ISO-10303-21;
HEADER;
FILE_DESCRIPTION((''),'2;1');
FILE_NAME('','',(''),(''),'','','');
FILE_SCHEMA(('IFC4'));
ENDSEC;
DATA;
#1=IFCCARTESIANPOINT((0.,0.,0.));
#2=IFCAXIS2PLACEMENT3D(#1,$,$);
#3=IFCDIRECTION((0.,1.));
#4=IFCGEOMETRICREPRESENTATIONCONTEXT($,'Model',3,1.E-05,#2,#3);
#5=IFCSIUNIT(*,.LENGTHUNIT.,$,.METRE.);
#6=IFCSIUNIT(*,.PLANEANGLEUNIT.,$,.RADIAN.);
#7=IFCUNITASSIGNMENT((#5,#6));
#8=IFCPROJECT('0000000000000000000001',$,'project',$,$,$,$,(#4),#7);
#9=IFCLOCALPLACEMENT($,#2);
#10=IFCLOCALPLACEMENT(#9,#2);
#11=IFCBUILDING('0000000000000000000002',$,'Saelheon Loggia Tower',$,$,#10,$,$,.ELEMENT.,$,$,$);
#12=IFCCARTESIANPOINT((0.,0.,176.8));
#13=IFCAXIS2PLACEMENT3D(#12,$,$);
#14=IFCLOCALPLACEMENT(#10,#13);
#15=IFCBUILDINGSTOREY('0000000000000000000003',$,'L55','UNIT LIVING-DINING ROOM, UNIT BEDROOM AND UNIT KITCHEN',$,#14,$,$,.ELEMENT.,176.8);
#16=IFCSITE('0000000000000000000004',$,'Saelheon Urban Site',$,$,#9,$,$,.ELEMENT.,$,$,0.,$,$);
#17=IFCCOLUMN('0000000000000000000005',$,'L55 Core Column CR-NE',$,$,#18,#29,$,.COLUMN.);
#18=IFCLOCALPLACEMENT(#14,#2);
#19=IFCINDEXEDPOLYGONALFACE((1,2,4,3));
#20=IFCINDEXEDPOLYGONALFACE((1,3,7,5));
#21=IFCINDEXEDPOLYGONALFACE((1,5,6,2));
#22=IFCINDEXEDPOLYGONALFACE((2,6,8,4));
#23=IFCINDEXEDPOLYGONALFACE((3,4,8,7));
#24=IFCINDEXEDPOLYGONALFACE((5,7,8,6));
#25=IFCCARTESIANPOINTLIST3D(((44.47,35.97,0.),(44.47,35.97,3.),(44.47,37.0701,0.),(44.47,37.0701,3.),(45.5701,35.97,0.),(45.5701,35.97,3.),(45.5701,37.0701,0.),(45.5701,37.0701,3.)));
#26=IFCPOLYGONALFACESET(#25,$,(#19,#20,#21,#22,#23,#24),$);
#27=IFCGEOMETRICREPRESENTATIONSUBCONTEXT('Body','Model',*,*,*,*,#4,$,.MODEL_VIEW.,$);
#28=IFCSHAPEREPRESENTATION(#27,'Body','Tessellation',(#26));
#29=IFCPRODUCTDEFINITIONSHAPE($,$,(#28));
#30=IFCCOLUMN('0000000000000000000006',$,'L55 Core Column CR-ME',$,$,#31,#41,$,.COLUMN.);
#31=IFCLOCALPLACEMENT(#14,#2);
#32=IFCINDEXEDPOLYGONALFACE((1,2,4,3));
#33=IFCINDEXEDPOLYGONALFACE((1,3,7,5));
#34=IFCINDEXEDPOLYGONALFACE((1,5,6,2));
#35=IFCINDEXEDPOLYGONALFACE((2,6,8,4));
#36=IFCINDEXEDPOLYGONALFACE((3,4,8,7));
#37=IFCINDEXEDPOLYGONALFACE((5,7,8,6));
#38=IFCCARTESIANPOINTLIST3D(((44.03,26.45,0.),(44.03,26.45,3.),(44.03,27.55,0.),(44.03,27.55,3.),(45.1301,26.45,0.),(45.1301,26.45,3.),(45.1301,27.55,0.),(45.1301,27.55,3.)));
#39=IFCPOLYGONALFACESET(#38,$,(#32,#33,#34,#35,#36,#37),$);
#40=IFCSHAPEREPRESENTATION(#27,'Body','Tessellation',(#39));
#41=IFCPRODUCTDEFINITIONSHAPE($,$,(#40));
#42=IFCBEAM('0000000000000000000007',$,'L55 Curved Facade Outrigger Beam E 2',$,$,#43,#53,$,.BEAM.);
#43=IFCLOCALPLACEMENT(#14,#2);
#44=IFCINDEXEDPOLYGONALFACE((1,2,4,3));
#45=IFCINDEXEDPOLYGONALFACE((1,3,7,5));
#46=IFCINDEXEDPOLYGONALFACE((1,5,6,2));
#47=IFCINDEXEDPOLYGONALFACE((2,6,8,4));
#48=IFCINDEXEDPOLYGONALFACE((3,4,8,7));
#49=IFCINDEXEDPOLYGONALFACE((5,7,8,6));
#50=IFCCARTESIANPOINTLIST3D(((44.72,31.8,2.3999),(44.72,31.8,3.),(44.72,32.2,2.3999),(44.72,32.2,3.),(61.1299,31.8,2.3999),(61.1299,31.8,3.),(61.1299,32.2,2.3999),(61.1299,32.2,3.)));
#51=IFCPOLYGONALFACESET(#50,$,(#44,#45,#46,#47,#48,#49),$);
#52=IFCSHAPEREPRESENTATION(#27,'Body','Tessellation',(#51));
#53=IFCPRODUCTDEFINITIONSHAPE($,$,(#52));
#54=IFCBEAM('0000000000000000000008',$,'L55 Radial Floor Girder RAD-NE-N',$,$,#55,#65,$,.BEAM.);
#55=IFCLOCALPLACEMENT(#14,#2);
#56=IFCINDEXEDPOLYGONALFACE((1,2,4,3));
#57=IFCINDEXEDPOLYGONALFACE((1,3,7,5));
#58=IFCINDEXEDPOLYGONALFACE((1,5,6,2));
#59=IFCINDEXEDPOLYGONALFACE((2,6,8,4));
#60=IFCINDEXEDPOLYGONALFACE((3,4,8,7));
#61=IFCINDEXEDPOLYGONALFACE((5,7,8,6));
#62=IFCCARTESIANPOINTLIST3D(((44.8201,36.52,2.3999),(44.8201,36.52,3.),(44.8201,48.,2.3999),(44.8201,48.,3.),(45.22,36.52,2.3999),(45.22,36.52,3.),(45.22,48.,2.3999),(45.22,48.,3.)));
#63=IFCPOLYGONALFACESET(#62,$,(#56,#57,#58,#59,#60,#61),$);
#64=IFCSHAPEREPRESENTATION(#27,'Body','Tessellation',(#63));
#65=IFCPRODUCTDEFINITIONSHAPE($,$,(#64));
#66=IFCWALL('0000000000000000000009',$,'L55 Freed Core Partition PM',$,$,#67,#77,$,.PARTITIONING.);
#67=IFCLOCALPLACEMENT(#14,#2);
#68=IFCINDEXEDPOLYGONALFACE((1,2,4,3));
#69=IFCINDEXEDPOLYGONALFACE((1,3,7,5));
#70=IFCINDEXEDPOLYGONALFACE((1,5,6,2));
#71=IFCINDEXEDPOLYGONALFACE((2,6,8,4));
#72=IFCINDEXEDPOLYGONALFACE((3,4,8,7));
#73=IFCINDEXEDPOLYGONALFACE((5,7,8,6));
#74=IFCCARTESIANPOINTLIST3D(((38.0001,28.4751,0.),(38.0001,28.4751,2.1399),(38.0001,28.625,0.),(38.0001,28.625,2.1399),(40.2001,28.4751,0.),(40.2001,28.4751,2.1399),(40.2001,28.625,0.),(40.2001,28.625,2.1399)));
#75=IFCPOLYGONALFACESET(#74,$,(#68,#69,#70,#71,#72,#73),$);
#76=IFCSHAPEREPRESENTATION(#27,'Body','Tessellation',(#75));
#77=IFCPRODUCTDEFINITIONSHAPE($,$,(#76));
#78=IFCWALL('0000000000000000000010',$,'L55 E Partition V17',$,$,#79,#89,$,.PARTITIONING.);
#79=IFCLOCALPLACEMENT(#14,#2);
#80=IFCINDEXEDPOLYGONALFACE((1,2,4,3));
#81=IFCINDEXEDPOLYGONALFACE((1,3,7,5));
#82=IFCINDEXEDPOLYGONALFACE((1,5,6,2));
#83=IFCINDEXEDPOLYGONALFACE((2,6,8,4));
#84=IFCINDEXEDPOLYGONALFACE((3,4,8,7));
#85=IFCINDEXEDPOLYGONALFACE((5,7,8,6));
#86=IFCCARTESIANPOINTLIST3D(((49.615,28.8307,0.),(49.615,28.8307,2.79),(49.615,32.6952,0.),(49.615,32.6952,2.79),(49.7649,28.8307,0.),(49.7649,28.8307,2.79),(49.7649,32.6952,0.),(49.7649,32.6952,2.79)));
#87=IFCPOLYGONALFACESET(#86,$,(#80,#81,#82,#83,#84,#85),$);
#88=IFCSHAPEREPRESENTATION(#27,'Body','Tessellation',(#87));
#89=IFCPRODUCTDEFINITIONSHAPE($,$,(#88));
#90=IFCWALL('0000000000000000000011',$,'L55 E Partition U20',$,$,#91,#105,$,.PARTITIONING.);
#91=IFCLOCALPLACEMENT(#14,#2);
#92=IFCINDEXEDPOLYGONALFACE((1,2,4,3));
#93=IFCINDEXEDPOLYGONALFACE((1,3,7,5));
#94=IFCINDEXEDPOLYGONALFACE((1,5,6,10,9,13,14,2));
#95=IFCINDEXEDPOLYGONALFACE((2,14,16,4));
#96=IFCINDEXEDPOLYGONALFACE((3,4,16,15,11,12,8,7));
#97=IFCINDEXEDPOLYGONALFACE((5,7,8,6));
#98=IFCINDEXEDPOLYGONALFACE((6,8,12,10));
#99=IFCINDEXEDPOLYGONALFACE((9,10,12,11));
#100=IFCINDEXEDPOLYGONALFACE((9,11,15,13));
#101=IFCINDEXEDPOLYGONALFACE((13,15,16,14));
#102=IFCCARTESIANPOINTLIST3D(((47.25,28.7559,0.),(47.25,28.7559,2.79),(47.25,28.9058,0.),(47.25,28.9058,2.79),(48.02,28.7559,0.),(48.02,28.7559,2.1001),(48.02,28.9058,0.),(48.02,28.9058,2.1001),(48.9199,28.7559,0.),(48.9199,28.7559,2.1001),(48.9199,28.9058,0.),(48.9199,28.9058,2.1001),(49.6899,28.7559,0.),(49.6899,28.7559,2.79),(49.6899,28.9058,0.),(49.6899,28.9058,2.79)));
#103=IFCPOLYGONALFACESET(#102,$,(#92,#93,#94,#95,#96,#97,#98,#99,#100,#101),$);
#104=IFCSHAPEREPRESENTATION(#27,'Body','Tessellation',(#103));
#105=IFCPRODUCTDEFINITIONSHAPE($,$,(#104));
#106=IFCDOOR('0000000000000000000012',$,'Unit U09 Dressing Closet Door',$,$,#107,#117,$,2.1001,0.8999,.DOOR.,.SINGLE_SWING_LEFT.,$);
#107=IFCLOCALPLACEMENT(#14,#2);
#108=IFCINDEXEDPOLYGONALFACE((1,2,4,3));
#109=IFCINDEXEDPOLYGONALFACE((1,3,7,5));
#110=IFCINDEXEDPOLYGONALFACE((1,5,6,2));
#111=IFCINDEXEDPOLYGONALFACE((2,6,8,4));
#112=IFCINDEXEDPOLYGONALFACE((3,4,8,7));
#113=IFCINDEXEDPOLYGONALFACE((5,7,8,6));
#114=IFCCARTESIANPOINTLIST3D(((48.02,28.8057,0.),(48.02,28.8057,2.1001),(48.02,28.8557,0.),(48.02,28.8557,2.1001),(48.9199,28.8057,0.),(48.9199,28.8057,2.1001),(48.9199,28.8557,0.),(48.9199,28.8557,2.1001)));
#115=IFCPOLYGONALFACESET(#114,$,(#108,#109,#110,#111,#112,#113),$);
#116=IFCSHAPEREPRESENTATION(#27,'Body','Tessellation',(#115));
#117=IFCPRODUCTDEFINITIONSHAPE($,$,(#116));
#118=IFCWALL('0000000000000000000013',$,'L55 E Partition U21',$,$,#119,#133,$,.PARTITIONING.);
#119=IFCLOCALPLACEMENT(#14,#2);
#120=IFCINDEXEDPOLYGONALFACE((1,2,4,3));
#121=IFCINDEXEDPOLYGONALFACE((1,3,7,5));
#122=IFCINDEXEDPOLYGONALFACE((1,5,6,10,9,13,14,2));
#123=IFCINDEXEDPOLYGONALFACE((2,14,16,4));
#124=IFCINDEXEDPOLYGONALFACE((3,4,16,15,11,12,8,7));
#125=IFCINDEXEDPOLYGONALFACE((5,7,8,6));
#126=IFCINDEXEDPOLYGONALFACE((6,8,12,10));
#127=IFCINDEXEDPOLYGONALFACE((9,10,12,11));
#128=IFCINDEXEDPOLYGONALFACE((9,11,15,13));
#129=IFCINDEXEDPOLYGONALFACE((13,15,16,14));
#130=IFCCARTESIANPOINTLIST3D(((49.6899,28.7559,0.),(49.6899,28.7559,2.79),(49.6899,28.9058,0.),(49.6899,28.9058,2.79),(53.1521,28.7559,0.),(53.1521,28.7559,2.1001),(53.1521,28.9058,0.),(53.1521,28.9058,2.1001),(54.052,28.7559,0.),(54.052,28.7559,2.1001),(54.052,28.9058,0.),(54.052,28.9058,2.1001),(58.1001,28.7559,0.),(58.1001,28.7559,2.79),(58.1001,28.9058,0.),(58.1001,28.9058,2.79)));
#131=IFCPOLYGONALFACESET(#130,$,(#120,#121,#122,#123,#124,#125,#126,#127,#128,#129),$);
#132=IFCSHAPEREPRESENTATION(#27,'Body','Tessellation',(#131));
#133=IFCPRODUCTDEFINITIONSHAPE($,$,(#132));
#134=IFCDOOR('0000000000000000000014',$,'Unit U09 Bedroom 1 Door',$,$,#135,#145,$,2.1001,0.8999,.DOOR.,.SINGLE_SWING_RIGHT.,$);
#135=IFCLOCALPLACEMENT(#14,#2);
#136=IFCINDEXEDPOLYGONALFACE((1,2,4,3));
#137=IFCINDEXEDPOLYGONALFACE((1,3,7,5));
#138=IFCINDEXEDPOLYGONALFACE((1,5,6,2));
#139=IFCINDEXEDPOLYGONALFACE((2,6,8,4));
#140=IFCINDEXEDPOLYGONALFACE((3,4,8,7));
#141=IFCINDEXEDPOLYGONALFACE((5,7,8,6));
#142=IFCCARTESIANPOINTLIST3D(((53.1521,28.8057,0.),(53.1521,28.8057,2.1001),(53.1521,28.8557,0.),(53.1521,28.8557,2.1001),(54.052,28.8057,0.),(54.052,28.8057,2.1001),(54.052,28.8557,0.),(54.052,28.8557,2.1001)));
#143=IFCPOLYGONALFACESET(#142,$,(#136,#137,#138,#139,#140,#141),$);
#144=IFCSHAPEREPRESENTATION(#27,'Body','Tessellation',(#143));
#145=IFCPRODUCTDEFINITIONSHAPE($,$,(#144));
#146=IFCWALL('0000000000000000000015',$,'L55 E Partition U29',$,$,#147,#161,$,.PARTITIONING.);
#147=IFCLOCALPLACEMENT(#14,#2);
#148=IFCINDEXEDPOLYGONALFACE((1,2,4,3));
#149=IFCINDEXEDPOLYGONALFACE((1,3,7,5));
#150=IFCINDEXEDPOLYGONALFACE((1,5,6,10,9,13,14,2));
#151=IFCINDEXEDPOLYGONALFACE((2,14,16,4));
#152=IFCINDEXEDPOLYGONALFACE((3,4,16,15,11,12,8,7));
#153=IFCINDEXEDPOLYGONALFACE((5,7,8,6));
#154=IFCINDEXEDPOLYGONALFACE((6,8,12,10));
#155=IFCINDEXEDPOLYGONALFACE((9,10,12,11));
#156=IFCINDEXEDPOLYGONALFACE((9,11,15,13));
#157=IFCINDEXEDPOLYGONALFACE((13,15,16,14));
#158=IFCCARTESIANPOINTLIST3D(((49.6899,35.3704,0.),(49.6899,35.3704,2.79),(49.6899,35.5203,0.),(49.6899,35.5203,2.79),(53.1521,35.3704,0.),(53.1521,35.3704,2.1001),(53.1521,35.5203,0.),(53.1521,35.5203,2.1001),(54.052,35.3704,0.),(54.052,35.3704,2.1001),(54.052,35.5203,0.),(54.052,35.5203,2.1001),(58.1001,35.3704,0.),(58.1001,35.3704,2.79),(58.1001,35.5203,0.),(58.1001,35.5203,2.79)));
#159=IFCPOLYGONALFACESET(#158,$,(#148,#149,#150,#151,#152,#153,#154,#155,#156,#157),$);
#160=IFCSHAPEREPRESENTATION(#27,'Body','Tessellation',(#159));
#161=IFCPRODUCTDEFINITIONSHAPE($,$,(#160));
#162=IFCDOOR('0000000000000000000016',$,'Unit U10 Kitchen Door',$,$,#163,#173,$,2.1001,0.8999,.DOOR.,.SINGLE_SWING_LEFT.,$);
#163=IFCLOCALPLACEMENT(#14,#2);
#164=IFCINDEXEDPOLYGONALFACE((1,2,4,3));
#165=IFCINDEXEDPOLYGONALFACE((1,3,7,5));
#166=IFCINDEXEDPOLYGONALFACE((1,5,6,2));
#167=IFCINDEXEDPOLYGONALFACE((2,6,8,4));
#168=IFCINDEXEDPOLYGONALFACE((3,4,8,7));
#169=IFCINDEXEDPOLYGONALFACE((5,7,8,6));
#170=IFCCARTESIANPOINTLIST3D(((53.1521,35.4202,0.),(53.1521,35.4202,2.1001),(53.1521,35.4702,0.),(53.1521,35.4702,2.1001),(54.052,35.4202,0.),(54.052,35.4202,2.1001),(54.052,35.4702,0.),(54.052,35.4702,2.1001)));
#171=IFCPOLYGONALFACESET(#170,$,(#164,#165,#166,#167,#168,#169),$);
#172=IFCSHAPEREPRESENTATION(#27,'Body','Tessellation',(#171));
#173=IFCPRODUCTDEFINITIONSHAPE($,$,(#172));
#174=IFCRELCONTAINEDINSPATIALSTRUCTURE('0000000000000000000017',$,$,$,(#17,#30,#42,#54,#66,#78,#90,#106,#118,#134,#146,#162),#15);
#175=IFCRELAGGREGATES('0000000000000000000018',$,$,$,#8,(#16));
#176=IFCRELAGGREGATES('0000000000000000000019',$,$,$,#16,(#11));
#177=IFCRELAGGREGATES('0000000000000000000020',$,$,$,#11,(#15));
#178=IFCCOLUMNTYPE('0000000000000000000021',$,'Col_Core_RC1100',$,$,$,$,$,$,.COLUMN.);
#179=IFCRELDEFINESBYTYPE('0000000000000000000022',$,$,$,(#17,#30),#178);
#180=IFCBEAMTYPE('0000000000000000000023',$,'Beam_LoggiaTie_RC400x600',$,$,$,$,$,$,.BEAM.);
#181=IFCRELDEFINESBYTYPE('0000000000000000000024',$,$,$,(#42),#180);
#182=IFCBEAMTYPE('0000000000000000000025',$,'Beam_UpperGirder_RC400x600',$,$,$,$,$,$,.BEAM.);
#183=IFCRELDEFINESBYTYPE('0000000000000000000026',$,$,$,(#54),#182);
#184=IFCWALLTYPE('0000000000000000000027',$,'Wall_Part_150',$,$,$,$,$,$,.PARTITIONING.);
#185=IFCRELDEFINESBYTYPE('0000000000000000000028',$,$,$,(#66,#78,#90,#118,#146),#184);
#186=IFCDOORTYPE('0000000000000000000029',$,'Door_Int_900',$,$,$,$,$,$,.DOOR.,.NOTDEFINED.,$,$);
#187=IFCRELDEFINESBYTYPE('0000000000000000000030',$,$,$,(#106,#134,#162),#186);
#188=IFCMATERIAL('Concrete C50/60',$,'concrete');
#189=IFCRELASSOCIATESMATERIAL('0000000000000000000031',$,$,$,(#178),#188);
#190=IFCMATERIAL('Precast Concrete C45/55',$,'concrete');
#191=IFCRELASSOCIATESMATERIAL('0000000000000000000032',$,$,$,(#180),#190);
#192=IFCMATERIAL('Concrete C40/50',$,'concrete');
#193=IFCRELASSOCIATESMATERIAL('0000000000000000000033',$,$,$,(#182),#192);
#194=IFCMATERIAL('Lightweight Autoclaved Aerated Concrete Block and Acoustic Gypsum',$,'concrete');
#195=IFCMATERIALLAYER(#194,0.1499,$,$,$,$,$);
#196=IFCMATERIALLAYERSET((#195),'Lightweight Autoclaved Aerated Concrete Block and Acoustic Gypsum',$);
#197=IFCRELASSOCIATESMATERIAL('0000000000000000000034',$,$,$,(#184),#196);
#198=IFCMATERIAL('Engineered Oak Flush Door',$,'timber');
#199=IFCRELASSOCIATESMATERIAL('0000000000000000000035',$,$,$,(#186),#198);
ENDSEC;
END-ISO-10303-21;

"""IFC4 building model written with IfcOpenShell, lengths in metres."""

from ifc_helpers import new_model, si_unit, direction, frame, frame_2d, origin, origin_2d, place, context, subcontext, project, spatial, rectangle, extrude, source, transform, mapped, material, layer, layer_set, material_profile, profile_set, type_object, element, fill, save


model = new_model("IFC4")

# Units and contexts
model_context = context("Model", 3, precision=1e-05, world=origin(), true_north=direction((0.0, 1.0)))
body_context = subcontext(model_context, "Body", "Model", "MODEL_VIEW")
ifc_project = project(units=[si_unit("LENGTHUNIT", "METRE"), si_unit("PLANEANGLEUNIT", "RADIAN")], contexts=[model_context])

# Site, building, storey
site_placement = place(None, origin())
site = spatial("IfcSite", under=ifc_project, at=site_placement, Name="Saelheon Urban Site", CompositionType="ELEMENT", RefElevation=0.0)
building_placement = place(site_placement, origin())
building = spatial("IfcBuilding", under=site, at=building_placement, Name="Saelheon Loggia Tower", CompositionType="ELEMENT")
storey_placement = place(building_placement, frame((0.0, 0.0, 176.8)))
storey = spatial("IfcBuildingStorey", under=building, at=storey_placement, Name="L55", Description="UNIT LIVING-DINING ROOM, UNIT BEDROOM AND UNIT KITCHEN", CompositionType="ELEMENT", Elevation=176.8)

# Columns
ifc_material_1 = material(Name="Concrete C50/60", Category="concrete")
ifc_material_profile_1 = material_profile(ifc_material_1, rectangle(XDim=1.1001, YDim=1.1001, at=origin_2d()), Name="RC-1100x1100")
ifc_profile_set_1 = profile_set([ifc_material_profile_1], Name="Concrete C50/60")
column_type = type_object("IfcColumnType", Name="Col_Core_RC1100", PredefinedType="COLUMN", material=ifc_profile_set_1)
shared_shape_1 = source(origin(), body_context, "Body", "SweptSolid", [
    extrude(rectangle(XDim=1.1001, YDim=1.1001, at=origin_2d()), origin(), (0.0, 0.0, 1.0), 3.0),
])
for number, where, z_axis, x_axis, name in (
    (1, (45.02, 36.52, 0.0), (0.0, 0.0, 1.0), (1.0, 0.0, 0.0), "L55 Core Column CR-NE"),
    (2, (44.5801, 27.0, 0.0), (0.0, 0.0, 1.0), (1.0, 0.0, 0.0), "L55 Core Column CR-ME"),
):
    element("IfcColumn", number, at=place(storey_placement, frame(where, z_axis=z_axis, x_axis=x_axis)), inside=storey, type_object=column_type, Name=name, PredefinedType="COLUMN", context=body_context, shape_type="MappedRepresentation", body=[
        mapped(shared_shape_1, transform((0.0, 0.0, 0.0), scale=1.0)),
    ])

# Beams
ifc_material_2 = material(Name="Precast Concrete C45/55", Category="concrete")
ifc_material_profile_2 = material_profile(ifc_material_2, rectangle(XDim=0.3999, YDim=0.6001, at=origin_2d()), Name="RC-400x600")
ifc_profile_set_2 = profile_set([ifc_material_profile_2], Name="Precast Concrete C45/55")
beam_type_1 = type_object("IfcBeamType", Name="Beam_LoggiaTie_RC400x600", PredefinedType="BEAM", material=ifc_profile_set_2)
shared_shape_2 = source(origin(), body_context, "Body", "SweptSolid", [
    extrude(rectangle(XDim=0.3999, YDim=0.6001, at=origin_2d()), origin(), (0.0, 0.0, 1.0), 16.4099),
])
beam_1_placement = place(storey_placement, frame((44.72, 32.0, 2.7), z_axis=(1.0, 0.0, 0.0), x_axis=(0.0, 1.0, 0.0)))
element("IfcBeam", 3, at=beam_1_placement, inside=storey, type_object=beam_type_1, Name="L55 Curved Facade Outrigger Beam E 2", PredefinedType="BEAM", context=body_context, shape_type="MappedRepresentation", body=[
    mapped(shared_shape_2, transform((0.0, 0.0, 0.0), scale=1.0)),
])
ifc_material_3 = material(Name="Concrete C40/50", Category="concrete")
ifc_material_profile_3 = material_profile(ifc_material_3, rectangle(XDim=0.3999, YDim=0.6001, at=origin_2d()), Name="RC-400x600")
ifc_profile_set_3 = profile_set([ifc_material_profile_3], Name="Concrete C40/50")
beam_type_2 = type_object("IfcBeamType", Name="Beam_UpperGirder_RC400x600", PredefinedType="BEAM", material=ifc_profile_set_3)
shared_shape_3 = source(origin(), body_context, "Body", "SweptSolid", [
    extrude(rectangle(XDim=0.3999, YDim=0.6001, at=origin_2d()), origin(), (0.0, 0.0, 1.0), 11.48),
])
beam_2_placement = place(storey_placement, frame((45.02, 36.52, 2.7), z_axis=(0.0, 1.0, 0.0), x_axis=(-1.0, 0.0, 0.0)))
element("IfcBeam", 4, at=beam_2_placement, inside=storey, type_object=beam_type_2, Name="L55 Radial Floor Girder RAD-NE-N", PredefinedType="BEAM", context=body_context, shape_type="MappedRepresentation", body=[
    mapped(shared_shape_3, transform((0.0, 0.0, 0.0), scale=1.0)),
])

# Walls
ifc_material_4 = material(Name="Lightweight Autoclaved Aerated Concrete Block and Acoustic Gypsum", Category="concrete")
ifc_layer_1 = layer(ifc_material_4, 0.1499)
ifc_layer_set_1 = layer_set([ifc_layer_1], Name="Lightweight Autoclaved Aerated Concrete Block and Acoustic Gypsum")
wall_type_1 = type_object("IfcWallType", Name="Wall_Part_150", PredefinedType="PARTITIONING", material=ifc_layer_set_1)
wall_1_placement = place(storey_placement, frame((38.0, 28.55, 0.0), z_axis=(0.0, 0.0, 1.0), x_axis=(1.0, 0.0, 0.0)))
element("IfcWall", 5, at=wall_1_placement, inside=storey, type_object=wall_type_1, Name="L55 Freed Core Partition PM", PredefinedType="PARTITIONING", context=body_context, shape_type="SweptSolid", body=[
    extrude(rectangle(XDim=2.2, YDim=0.1499, at=frame_2d((1.1001, 0.0))), origin(), (0.0, 0.0, 1.0), 2.1399),
])
wall_2_placement = place(storey_placement, frame((49.6899, 28.8308, 0.0), z_axis=(0.0, 0.0, 1.0), x_axis=(0.0, 1.0, 0.0)))
element("IfcWall", 6, at=wall_2_placement, inside=storey, type_object=wall_type_1, Name="L55 E Partition V17", PredefinedType="PARTITIONING", context=body_context, shape_type="SweptSolid", body=[
    extrude(rectangle(XDim=3.8645, YDim=0.1499, at=frame_2d((1.9321, 0.0))), origin(), (0.0, 0.0, 1.0), 2.79),
])

# Walls, openings, doors
wall_3_placement = place(storey_placement, frame((47.25, 28.8308, 0.0), z_axis=(0.0, 0.0, 1.0), x_axis=(1.0, 0.0, 0.0)))
wall_3 = element("IfcWall", 7, at=wall_3_placement, inside=storey, type_object=wall_type_1, Name="L55 E Partition U20", PredefinedType="PARTITIONING", context=body_context, shape_type="SweptSolid", body=[
    extrude(rectangle(XDim=2.4399, YDim=0.1499, at=frame_2d((1.22, 0.0))), origin(), (0.0, 0.0, 1.0), 2.79),
])
opening_1_placement = place(wall_3_placement, frame((0.77, 0.0, 0.0)))
opening_1 = element("IfcOpeningElement", 8, at=opening_1_placement, cuts=wall_3, PredefinedType="OPENING", context=body_context, shape_type="SweptSolid", body=[
    extrude(rectangle(XDim=0.8999, YDim=2.1001, at=frame_2d((0.45, 1.05))), frame((0.0, 0.0869, 0.0), z_axis=(0.0, -1.0, 0.0), x_axis=(1.0, 0.0, 0.0)), (0.0, 0.0, 1.0), 0.1738),
])
ifc_material_5 = material(Name="Engineered Oak Flush Door", Category="timber")
door_type_1 = type_object("IfcDoorType", Name="Door_Int_900", OperationType="NOTDEFINED", PredefinedType="DOOR", material=ifc_material_5)
shared_shape_4 = source(origin(), body_context, "Body", "SweptSolid", [
    extrude(rectangle(XDim=0.8999, YDim=2.1001, at=frame_2d((0.45, 1.05))), frame((0.0, 0.0249, 0.0), z_axis=(0.0, -1.0, 0.0), x_axis=(1.0, 0.0, 0.0)), (0.0, 0.0, 1.0), 0.05),
])
door_1_placement = place(opening_1_placement, origin())
door_1 = element("IfcDoor", 9, at=door_1_placement, inside=storey, type_object=door_type_1, Name="Unit U09 Dressing Closet Door", OperationType="SINGLE_SWING_LEFT", OverallHeight=2.1001, OverallWidth=0.8999, PredefinedType="DOOR", context=body_context, shape_type="MappedRepresentation", body=[
    mapped(shared_shape_4, transform((0.0, 0.0, 0.0), scale=1.0)),
])
fill(opening_1, door_1)
wall_4_placement = place(storey_placement, frame((49.6899, 28.8308, 0.0), z_axis=(0.0, 0.0, 1.0), x_axis=(1.0, 0.0, 0.0)))
wall_4 = element("IfcWall", 10, at=wall_4_placement, inside=storey, type_object=wall_type_1, Name="L55 E Partition U21", PredefinedType="PARTITIONING", context=body_context, shape_type="SweptSolid", body=[
    extrude(rectangle(XDim=8.4102, YDim=0.1499, at=frame_2d((4.2051, 0.0))), origin(), (0.0, 0.0, 1.0), 2.79),
])
opening_2_placement = place(wall_4_placement, frame((3.4622, 0.0, 0.0)))
opening_2 = element("IfcOpeningElement", 11, at=opening_2_placement, cuts=wall_4, PredefinedType="OPENING", context=body_context, shape_type="SweptSolid", body=[
    extrude(rectangle(XDim=0.8999, YDim=2.1001, at=frame_2d((0.45, 1.05))), frame((0.0, 0.0869, 0.0), z_axis=(0.0, -1.0, 0.0), x_axis=(1.0, 0.0, 0.0)), (0.0, 0.0, 1.0), 0.1738),
])
door_2_placement = place(opening_2_placement, origin())
door_2 = element("IfcDoor", 12, at=door_2_placement, inside=storey, type_object=door_type_1, Name="Unit U09 Bedroom 1 Door", OperationType="SINGLE_SWING_RIGHT", OverallHeight=2.1001, OverallWidth=0.8999, PredefinedType="DOOR", context=body_context, shape_type="MappedRepresentation", body=[
    mapped(shared_shape_4, transform((0.0, 0.0, 0.0), scale=1.0)),
])
fill(opening_2, door_2)
wall_5_placement = place(storey_placement, frame((49.6899, 35.4453, 0.0), z_axis=(0.0, 0.0, 1.0), x_axis=(1.0, 0.0, 0.0)))
wall_5 = element("IfcWall", 13, at=wall_5_placement, inside=storey, type_object=wall_type_1, Name="L55 E Partition U29", PredefinedType="PARTITIONING", context=body_context, shape_type="SweptSolid", body=[
    extrude(rectangle(XDim=8.4102, YDim=0.1499, at=frame_2d((4.2051, 0.0))), origin(), (0.0, 0.0, 1.0), 2.79),
])
opening_3_placement = place(wall_5_placement, frame((3.4622, 0.0, 0.0)))
opening_3 = element("IfcOpeningElement", 14, at=opening_3_placement, cuts=wall_5, PredefinedType="OPENING", context=body_context, shape_type="SweptSolid", body=[
    extrude(rectangle(XDim=0.8999, YDim=2.1001, at=frame_2d((0.45, 1.05))), frame((0.0, 0.0869, 0.0), z_axis=(0.0, -1.0, 0.0), x_axis=(1.0, 0.0, 0.0)), (0.0, 0.0, 1.0), 0.1738),
])
door_3_placement = place(opening_3_placement, origin())
door_3 = element("IfcDoor", 15, at=door_3_placement, inside=storey, type_object=door_type_1, Name="Unit U10 Kitchen Door", OperationType="SINGLE_SWING_LEFT", OverallHeight=2.1001, OverallWidth=0.8999, PredefinedType="DOOR", context=body_context, shape_type="MappedRepresentation", body=[
    mapped(shared_shape_4, transform((0.0, 0.0, 0.0), scale=1.0)),
])
fill(opening_3, door_3)

save(model, "model.ifc")
